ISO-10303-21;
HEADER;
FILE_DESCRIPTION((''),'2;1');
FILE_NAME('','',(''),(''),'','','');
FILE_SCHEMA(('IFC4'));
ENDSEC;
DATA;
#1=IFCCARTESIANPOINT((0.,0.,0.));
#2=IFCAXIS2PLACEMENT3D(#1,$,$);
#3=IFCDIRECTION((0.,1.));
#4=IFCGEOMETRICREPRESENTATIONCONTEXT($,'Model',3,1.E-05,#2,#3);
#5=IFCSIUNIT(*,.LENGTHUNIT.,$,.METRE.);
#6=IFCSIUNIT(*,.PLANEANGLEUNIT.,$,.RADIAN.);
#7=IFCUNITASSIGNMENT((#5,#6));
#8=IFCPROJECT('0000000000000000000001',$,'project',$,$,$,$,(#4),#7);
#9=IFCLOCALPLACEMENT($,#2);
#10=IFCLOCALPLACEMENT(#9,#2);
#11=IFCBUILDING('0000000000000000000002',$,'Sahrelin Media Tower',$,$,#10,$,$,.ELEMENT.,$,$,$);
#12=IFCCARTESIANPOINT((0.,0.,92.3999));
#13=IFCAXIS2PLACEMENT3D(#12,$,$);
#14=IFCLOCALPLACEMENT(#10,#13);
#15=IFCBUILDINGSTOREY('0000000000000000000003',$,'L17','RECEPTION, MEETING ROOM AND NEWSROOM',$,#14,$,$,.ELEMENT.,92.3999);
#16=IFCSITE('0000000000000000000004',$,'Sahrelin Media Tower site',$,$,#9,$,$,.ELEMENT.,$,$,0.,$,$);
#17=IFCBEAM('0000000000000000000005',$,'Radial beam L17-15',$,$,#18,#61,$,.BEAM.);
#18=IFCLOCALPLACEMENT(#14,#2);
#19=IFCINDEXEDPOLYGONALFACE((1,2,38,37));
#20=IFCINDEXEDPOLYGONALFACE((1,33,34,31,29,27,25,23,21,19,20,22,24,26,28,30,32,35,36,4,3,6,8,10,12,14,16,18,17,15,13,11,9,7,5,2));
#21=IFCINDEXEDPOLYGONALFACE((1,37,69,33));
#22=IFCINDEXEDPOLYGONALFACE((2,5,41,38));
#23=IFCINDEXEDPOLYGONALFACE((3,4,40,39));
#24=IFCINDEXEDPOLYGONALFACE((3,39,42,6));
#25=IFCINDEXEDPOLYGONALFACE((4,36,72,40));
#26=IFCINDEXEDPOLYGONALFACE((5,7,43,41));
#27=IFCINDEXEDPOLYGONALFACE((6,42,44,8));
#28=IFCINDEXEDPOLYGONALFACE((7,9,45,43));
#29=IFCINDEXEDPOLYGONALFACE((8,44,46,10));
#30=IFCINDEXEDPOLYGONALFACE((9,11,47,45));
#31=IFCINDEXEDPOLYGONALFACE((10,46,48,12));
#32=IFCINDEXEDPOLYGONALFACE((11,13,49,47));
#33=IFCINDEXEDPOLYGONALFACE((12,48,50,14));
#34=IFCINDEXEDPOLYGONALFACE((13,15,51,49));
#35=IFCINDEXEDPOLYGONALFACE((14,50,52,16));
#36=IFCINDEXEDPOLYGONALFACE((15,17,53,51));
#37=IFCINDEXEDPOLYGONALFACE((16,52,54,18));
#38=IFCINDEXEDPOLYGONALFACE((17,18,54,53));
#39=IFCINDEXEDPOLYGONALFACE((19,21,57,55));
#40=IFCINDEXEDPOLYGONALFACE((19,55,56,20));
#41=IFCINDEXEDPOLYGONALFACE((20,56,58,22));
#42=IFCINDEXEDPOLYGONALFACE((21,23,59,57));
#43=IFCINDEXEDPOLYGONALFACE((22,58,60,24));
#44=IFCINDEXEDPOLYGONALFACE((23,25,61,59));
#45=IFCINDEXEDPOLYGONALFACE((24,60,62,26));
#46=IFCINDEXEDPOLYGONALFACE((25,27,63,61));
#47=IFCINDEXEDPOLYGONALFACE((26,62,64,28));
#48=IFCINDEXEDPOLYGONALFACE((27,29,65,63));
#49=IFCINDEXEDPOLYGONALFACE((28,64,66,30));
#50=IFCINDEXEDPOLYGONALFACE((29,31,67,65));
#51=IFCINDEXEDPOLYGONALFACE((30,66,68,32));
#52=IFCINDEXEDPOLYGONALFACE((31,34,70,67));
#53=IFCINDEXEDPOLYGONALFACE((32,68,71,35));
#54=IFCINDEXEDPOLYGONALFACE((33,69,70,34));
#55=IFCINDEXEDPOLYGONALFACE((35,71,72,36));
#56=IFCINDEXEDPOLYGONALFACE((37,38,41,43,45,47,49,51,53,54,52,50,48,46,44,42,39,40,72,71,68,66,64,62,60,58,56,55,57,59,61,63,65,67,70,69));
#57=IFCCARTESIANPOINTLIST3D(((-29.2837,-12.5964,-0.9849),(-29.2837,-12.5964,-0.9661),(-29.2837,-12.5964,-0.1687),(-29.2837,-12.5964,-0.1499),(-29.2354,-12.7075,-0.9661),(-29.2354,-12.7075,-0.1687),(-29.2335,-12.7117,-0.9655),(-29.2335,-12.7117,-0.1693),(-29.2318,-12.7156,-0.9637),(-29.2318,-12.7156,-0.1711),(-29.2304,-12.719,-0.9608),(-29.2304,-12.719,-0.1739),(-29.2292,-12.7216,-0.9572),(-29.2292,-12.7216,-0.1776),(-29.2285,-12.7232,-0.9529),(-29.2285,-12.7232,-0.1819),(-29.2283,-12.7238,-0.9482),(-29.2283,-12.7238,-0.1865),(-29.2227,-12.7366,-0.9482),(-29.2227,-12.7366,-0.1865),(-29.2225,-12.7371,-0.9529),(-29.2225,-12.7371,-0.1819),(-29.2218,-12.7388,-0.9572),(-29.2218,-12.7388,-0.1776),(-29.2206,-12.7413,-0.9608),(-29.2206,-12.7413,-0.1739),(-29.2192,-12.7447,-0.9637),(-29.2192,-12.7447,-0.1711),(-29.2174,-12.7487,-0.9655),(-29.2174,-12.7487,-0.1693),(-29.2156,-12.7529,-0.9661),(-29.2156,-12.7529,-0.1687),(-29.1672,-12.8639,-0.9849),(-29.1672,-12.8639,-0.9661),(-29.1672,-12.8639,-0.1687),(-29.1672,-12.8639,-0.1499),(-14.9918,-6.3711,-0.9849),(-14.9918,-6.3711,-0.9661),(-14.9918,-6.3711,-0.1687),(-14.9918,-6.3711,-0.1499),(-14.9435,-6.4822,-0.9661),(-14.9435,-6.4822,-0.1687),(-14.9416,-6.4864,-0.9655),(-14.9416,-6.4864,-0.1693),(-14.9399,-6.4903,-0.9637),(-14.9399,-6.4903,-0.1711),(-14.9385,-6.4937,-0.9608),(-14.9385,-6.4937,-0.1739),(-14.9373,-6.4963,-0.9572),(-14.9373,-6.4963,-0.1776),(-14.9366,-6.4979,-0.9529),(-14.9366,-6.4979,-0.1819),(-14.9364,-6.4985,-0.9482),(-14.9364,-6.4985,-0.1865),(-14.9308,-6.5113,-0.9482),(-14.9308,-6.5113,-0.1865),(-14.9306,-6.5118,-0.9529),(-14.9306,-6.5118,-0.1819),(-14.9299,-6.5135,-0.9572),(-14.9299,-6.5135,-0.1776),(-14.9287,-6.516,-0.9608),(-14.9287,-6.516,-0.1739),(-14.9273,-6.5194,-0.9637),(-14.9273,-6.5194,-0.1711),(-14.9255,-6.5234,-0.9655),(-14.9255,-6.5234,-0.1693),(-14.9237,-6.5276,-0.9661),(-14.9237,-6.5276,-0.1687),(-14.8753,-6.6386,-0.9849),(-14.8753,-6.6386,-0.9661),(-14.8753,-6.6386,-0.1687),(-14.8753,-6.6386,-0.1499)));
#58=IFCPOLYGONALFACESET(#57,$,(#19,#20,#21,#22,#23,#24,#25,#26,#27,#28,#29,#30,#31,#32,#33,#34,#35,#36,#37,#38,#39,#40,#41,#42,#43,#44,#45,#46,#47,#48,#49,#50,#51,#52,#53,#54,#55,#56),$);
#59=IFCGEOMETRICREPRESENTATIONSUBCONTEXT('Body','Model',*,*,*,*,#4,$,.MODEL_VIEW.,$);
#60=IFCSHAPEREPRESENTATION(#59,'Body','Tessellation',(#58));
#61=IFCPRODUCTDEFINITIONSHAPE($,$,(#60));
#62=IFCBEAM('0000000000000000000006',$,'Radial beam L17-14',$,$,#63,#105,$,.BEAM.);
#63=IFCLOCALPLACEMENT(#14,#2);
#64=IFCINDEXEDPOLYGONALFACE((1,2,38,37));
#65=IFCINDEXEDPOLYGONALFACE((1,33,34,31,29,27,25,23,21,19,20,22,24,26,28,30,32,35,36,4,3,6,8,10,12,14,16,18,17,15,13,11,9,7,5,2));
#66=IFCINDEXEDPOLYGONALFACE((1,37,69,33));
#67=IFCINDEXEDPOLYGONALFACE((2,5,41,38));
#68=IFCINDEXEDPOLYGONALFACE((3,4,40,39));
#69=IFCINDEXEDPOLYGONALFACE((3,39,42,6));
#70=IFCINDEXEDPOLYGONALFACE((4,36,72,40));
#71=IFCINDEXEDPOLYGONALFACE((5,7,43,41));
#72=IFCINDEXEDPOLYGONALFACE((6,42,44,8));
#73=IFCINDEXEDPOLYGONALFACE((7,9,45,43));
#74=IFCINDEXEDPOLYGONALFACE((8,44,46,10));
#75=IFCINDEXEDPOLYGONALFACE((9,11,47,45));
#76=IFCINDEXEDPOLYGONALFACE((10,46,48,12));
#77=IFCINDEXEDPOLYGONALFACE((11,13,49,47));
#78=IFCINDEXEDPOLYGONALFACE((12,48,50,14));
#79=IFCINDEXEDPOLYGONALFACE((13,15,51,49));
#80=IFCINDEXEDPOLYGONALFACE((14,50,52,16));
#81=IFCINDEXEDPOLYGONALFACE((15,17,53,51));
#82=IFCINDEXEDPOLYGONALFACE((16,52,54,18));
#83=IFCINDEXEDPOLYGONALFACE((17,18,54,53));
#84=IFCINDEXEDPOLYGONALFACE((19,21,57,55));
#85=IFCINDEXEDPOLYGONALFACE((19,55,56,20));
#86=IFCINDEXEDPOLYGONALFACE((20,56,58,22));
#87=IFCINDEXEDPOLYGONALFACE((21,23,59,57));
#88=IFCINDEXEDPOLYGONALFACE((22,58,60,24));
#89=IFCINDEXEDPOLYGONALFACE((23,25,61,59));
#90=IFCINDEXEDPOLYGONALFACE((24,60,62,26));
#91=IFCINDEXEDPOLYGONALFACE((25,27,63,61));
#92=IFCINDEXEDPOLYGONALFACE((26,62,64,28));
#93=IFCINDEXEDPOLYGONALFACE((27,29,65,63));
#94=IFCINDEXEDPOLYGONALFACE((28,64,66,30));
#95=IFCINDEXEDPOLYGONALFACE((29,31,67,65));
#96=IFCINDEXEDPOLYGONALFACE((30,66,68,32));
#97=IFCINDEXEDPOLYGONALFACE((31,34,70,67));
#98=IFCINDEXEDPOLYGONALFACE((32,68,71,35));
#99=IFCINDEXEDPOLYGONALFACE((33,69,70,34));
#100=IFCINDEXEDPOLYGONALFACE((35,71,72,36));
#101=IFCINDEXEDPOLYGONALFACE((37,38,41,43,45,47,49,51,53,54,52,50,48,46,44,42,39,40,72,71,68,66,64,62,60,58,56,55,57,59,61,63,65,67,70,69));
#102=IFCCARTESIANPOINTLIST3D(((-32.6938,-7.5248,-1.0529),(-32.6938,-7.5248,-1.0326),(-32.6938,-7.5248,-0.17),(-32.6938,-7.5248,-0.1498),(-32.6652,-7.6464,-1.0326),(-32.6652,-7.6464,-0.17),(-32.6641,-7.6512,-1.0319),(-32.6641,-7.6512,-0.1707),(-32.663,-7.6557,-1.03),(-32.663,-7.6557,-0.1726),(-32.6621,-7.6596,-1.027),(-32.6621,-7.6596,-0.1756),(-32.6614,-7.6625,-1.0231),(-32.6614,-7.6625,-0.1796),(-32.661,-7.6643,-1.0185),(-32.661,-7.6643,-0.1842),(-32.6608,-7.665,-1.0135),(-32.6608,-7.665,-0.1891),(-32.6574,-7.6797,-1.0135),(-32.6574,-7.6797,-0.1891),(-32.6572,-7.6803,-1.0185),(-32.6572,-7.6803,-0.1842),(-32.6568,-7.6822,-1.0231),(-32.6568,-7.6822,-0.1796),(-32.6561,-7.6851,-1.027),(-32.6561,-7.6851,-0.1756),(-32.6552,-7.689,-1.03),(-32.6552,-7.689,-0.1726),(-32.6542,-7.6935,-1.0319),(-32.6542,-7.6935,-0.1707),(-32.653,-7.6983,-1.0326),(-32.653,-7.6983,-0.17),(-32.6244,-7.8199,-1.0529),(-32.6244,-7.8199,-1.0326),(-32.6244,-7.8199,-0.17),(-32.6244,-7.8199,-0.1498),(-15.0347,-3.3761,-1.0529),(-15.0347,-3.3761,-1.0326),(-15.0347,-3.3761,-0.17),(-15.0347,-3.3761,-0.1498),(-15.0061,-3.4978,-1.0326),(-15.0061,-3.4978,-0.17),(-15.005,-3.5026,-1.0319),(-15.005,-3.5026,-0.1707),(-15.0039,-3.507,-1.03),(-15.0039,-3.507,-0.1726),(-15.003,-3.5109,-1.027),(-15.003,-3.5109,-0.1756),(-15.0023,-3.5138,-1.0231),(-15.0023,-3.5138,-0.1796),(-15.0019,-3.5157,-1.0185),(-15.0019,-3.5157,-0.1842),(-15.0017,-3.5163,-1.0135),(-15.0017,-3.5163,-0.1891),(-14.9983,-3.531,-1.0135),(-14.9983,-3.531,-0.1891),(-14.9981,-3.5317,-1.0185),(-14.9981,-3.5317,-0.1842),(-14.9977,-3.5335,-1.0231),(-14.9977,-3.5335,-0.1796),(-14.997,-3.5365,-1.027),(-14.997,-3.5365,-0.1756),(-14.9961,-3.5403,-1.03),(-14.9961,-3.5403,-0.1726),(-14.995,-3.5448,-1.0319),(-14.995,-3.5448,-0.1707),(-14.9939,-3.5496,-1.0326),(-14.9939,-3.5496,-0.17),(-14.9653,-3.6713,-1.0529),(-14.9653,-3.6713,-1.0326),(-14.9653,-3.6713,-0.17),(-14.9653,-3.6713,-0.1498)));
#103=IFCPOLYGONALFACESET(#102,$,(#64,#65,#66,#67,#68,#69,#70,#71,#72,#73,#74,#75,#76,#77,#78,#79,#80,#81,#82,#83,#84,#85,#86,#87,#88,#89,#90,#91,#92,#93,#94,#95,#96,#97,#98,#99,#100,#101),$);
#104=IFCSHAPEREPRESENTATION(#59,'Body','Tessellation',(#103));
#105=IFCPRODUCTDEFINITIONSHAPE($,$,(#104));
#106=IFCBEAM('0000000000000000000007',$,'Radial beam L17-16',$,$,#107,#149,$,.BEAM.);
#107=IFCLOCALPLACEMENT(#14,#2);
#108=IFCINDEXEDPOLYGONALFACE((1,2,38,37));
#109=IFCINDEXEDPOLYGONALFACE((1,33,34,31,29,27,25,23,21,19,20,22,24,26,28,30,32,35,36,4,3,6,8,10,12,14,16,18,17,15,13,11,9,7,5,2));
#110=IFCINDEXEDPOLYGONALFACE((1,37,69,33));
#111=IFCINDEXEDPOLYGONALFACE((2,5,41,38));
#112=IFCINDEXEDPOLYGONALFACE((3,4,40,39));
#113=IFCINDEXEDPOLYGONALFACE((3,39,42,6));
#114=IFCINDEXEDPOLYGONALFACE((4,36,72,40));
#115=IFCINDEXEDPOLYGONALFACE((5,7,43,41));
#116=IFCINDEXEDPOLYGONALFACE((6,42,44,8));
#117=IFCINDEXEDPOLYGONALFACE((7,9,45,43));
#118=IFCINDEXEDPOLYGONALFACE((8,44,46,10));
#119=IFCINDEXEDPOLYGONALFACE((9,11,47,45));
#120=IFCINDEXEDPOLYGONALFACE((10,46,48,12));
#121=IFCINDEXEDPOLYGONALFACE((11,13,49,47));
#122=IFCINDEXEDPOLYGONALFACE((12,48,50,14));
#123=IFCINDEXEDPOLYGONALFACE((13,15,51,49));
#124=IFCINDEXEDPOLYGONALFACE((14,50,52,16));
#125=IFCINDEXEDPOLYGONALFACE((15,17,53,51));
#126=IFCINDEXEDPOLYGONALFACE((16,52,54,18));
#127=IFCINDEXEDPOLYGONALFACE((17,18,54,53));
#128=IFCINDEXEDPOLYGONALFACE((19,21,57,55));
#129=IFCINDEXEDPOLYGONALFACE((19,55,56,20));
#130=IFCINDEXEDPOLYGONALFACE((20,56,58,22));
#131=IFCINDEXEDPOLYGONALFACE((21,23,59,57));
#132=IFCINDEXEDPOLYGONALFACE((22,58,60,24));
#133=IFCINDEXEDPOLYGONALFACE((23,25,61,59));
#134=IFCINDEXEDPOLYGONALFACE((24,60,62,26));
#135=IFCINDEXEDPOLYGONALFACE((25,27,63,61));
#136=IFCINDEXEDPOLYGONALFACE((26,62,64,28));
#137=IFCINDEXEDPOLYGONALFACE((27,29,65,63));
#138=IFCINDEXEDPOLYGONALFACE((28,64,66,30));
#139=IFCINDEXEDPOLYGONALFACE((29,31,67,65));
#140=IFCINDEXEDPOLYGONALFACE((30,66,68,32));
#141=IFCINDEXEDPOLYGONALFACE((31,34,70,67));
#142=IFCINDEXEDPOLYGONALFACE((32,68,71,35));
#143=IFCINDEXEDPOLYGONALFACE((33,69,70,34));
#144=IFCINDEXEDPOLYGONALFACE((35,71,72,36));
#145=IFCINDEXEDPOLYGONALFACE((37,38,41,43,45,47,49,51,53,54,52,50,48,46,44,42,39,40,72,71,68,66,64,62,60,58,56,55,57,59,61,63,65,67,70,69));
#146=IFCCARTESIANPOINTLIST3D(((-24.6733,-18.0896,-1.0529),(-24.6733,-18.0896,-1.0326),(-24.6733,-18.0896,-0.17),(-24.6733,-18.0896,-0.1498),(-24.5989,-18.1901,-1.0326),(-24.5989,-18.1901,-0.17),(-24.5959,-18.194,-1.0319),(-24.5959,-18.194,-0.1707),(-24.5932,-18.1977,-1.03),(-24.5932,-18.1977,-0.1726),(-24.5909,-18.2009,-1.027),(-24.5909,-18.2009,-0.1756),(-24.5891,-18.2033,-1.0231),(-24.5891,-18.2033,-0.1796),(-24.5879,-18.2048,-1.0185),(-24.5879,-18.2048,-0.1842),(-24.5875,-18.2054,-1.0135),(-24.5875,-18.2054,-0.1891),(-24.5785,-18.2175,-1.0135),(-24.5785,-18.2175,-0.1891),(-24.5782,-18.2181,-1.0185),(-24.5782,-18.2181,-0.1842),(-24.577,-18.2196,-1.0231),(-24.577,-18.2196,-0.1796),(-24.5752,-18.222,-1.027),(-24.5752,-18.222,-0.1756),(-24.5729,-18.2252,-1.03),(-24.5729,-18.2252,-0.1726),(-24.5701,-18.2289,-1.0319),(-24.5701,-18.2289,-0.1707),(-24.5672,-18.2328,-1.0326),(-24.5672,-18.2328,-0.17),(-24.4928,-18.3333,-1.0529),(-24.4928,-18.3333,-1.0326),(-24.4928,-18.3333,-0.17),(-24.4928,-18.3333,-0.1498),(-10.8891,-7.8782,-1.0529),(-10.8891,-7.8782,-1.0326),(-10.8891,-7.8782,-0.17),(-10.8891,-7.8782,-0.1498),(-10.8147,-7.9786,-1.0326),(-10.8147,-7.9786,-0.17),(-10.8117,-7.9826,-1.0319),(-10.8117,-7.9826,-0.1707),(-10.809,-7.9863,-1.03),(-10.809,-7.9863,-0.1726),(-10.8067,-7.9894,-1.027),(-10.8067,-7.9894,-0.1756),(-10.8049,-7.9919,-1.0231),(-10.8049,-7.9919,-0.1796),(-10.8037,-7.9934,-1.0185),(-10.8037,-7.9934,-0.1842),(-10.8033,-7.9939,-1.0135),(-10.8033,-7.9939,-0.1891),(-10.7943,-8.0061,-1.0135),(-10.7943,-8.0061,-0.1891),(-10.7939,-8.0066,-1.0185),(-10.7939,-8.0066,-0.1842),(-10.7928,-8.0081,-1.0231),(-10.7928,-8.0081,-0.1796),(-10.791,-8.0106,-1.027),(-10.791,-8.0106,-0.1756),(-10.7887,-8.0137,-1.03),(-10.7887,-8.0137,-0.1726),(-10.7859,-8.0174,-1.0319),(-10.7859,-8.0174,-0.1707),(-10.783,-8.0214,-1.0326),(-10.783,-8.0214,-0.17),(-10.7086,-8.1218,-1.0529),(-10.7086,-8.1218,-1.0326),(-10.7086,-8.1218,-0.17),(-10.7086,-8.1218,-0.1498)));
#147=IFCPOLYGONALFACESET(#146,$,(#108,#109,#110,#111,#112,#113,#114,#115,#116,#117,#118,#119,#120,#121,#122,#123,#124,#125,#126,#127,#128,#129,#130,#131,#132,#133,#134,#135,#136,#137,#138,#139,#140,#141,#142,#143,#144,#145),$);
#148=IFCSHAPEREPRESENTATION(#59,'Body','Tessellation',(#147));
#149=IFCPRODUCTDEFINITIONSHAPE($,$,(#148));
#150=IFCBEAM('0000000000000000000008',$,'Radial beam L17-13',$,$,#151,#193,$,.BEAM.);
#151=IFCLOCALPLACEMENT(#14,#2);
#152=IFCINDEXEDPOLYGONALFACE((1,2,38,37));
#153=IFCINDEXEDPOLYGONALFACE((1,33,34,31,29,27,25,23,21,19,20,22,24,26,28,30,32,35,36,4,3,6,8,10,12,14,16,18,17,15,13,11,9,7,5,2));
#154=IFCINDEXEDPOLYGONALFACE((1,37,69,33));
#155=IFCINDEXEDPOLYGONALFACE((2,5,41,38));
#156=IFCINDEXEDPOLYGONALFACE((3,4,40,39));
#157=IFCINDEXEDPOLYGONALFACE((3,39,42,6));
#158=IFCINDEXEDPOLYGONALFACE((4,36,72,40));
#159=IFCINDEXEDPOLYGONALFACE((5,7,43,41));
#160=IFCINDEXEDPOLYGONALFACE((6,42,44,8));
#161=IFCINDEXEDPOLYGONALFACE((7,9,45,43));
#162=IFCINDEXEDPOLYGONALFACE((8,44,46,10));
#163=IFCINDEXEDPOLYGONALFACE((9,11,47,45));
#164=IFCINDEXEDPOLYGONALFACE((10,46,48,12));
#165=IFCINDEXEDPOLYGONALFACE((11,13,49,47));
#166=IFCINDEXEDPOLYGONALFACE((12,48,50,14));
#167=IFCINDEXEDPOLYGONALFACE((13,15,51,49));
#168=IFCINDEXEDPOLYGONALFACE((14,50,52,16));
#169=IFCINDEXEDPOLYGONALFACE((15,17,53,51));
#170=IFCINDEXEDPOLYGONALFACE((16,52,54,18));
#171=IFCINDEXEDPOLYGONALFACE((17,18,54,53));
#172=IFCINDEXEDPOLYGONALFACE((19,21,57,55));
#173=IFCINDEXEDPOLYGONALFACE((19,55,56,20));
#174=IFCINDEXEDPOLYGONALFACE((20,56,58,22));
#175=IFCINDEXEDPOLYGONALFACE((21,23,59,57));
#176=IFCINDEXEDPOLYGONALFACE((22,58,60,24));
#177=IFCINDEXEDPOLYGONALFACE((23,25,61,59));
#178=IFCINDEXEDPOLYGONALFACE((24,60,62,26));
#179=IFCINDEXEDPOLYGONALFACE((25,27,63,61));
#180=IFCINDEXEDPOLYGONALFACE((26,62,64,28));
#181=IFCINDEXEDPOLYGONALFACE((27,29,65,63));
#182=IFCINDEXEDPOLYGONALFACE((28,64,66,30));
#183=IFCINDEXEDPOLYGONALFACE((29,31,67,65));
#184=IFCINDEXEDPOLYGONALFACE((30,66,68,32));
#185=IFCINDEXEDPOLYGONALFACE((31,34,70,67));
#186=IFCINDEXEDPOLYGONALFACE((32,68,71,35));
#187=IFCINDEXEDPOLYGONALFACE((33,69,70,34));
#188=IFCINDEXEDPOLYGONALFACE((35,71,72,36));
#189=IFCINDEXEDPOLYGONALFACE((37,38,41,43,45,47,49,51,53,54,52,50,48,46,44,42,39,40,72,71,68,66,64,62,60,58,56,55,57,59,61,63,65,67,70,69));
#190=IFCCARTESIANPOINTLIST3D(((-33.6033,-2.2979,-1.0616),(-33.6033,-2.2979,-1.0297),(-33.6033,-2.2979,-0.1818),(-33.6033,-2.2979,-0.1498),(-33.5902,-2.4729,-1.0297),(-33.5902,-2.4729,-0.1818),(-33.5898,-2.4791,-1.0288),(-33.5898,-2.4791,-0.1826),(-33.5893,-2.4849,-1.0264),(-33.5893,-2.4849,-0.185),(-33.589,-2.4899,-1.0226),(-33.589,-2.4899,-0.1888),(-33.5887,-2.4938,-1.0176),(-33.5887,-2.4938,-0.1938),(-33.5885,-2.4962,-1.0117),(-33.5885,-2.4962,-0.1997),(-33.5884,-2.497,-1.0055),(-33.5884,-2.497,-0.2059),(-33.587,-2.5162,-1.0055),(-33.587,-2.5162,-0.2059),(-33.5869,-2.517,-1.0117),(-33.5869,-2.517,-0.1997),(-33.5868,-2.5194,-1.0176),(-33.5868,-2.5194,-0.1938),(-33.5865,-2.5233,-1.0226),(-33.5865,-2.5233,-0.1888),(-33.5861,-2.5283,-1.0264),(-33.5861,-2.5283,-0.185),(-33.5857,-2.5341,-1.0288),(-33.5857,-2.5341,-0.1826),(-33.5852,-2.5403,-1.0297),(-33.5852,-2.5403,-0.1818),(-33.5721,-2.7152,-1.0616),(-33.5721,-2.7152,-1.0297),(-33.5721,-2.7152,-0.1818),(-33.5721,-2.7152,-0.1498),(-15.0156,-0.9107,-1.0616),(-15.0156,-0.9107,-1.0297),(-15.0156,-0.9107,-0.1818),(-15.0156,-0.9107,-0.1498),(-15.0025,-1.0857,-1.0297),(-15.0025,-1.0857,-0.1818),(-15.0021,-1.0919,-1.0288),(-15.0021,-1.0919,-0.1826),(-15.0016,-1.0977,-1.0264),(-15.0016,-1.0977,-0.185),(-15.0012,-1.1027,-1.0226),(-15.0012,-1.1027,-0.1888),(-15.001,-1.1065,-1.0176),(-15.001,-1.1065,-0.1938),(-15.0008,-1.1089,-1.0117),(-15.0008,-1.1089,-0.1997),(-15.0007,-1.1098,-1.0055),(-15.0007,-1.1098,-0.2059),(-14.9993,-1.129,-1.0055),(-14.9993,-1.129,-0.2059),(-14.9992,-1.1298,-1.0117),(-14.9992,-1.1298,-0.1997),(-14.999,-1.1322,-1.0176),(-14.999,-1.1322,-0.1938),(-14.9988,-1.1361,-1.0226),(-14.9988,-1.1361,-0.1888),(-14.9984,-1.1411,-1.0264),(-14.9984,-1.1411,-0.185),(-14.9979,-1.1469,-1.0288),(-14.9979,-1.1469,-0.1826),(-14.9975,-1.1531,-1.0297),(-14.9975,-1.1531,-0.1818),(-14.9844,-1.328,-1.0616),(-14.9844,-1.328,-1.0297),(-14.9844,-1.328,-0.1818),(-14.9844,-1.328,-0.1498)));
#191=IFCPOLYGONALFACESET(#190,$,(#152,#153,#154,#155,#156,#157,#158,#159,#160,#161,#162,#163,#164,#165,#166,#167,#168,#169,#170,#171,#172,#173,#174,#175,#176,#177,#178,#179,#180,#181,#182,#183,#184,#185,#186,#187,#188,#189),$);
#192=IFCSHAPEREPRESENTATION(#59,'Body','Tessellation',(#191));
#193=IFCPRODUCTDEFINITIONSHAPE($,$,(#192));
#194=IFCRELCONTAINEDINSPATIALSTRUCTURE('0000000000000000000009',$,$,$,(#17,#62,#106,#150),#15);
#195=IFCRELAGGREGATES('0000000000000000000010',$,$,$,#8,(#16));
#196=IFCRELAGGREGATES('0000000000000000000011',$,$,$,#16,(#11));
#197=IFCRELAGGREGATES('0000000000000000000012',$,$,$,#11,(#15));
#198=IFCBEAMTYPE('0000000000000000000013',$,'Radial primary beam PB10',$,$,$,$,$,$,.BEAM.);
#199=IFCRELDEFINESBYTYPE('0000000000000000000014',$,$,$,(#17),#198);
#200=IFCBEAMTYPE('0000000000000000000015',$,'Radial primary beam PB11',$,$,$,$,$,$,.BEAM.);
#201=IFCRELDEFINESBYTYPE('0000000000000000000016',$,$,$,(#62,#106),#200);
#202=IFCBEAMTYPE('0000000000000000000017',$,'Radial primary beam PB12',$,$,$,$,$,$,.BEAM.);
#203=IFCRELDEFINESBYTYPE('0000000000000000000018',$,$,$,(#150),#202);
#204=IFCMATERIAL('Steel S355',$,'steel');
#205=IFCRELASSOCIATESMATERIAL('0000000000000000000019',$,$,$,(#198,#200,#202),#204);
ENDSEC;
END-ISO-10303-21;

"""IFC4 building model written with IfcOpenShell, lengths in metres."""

from ifc_helpers import new_model, si_unit, direction, frame, origin, origin_2d, place, context, subcontext, project, spatial, i_section, extrude, material, material_profile, profile_set, type_object, element, save


model = new_model("IFC4")

# Units and contexts
model_context = context("Model", 3, precision=1e-05, world=origin(), true_north=direction((0.0, 1.0)))
body_context = subcontext(model_context, "Body", "Model", "MODEL_VIEW")
ifc_project = project(units=[si_unit("LENGTHUNIT", "METRE"), si_unit("PLANEANGLEUNIT", "RADIAN")], contexts=[model_context])

# Site, building, storey
site_placement = place(None, origin())
site = spatial("IfcSite", under=ifc_project, at=site_placement, Name="Sahrelin Media Tower site", CompositionType="ELEMENT", RefElevation=0.0)
building_placement = place(site_placement, origin())
building = spatial("IfcBuilding", under=site, at=building_placement, Name="Sahrelin Media Tower", CompositionType="ELEMENT")
storey_placement = place(building_placement, frame((0.0, 0.0, 92.3999)))
storey = spatial("IfcBuildingStorey", under=building, at=storey_placement, Name="L17", Description="RECEPTION, MEETING ROOM AND NEWSROOM", CompositionType="ELEMENT", Elevation=92.3999)

# Beams
ifc_material_1 = material(Name="Steel S355", Category="steel")
ifc_material_profile_1 = material_profile(ifc_material_1, i_section(OverallWidth=0.2917, OverallDepth=0.835, WebThickness=0.0139, FlangeThickness=0.0188, FilletRadius=0.0178, at=origin_2d()), Name="UB 838x292x176")
ifc_profile_set_1 = profile_set([ifc_material_profile_1], Name="Steel S355")
beam_type_1 = type_object("IfcBeamType", Name="Radial primary beam PB10", PredefinedType="BEAM", material=ifc_profile_set_1)
beam_1_placement = place(storey_placement, frame((-14.9336, -6.5049, -0.5674), z_axis=(-0.916802, -0.399343, 0.0), x_axis=(0.399343, -0.916802, 0.0)))
element("IfcBeam", 1, at=beam_1_placement, inside=storey, type_object=beam_type_1, Name="Radial beam L17-15", PredefinedType="BEAM", context=body_context, shape_type="SweptSolid", body=[
    extrude(i_section(OverallWidth=0.2917, OverallDepth=0.835, WebThickness=0.0139, FlangeThickness=0.0188, FilletRadius=0.0178, at=origin_2d()), origin(), (0.0, 0.0, 1.0), 15.5889),
])
ifc_material_profile_2 = material_profile(ifc_material_1, i_section(OverallWidth=0.3032, OverallDepth=0.9031, WebThickness=0.0151, FlangeThickness=0.0203, FilletRadius=0.019, at=origin_2d()), Name="UB 914x305x201")
ifc_profile_set_2 = profile_set([ifc_material_profile_2], Name="Steel S355")
beam_type_2 = type_object("IfcBeamType", Name="Radial primary beam PB11", PredefinedType="BEAM", material=ifc_profile_set_2)
beam_2_placement = place(storey_placement, frame((-15.0, -3.5237, -0.6013), z_axis=(-0.973496, -0.228704, 0.0), x_axis=(0.228704, -0.973496, 0.0)))
element("IfcBeam", 2, at=beam_2_placement, inside=storey, type_object=beam_type_2, Name="Radial beam L17-14", PredefinedType="BEAM", context=body_context, shape_type="SweptSolid", body=[
    extrude(i_section(OverallWidth=0.3032, OverallDepth=0.9031, WebThickness=0.0151, FlangeThickness=0.0203, FilletRadius=0.019, at=origin_2d()), origin(), (0.0, 0.0, 1.0), 18.1399),
])
beam_3_placement = place(storey_placement, frame((-10.7988, -8.0, -0.6013), z_axis=(-0.803531, -0.595262, 0.0), x_axis=(0.595262, -0.803531, 0.0)))
element("IfcBeam", 3, at=beam_3_placement, inside=storey, type_object=beam_type_2, Name="Radial beam L17-16", PredefinedType="BEAM", context=body_context, shape_type="SweptSolid", body=[
    extrude(i_section(OverallWidth=0.3032, OverallDepth=0.9031, WebThickness=0.0151, FlangeThickness=0.0203, FilletRadius=0.019, at=origin_2d()), origin(), (0.0, 0.0, 1.0), 17.1545),
])
ifc_material_profile_3 = material_profile(ifc_material_1, i_section(OverallWidth=0.4185, OverallDepth=0.9119, WebThickness=0.0193, FlangeThickness=0.032, FilletRadius=0.0242, at=origin_2d()), Name="UB 914x419x343")
ifc_profile_set_3 = profile_set([ifc_material_profile_3], Name="Steel S355")
beam_type_3 = type_object("IfcBeamType", Name="Radial primary beam PB12", PredefinedType="BEAM", material=ifc_profile_set_3)
beam_4_placement = place(storey_placement, frame((-15.0, -1.1194, -0.6057), z_axis=(-0.997227, -0.074424, 0.0), x_axis=(0.074424, -0.997227, 0.0)))
element("IfcBeam", 4, at=beam_4_placement, inside=storey, type_object=beam_type_3, Name="Radial beam L17-13", PredefinedType="BEAM", context=body_context, shape_type="SweptSolid", body=[
    extrude(i_section(OverallWidth=0.4185, OverallDepth=0.9119, WebThickness=0.0193, FlangeThickness=0.032, FilletRadius=0.0242, at=origin_2d()), origin(), (0.0, 0.0, 1.0), 18.6394),
])

save(model, "model.ifc")
